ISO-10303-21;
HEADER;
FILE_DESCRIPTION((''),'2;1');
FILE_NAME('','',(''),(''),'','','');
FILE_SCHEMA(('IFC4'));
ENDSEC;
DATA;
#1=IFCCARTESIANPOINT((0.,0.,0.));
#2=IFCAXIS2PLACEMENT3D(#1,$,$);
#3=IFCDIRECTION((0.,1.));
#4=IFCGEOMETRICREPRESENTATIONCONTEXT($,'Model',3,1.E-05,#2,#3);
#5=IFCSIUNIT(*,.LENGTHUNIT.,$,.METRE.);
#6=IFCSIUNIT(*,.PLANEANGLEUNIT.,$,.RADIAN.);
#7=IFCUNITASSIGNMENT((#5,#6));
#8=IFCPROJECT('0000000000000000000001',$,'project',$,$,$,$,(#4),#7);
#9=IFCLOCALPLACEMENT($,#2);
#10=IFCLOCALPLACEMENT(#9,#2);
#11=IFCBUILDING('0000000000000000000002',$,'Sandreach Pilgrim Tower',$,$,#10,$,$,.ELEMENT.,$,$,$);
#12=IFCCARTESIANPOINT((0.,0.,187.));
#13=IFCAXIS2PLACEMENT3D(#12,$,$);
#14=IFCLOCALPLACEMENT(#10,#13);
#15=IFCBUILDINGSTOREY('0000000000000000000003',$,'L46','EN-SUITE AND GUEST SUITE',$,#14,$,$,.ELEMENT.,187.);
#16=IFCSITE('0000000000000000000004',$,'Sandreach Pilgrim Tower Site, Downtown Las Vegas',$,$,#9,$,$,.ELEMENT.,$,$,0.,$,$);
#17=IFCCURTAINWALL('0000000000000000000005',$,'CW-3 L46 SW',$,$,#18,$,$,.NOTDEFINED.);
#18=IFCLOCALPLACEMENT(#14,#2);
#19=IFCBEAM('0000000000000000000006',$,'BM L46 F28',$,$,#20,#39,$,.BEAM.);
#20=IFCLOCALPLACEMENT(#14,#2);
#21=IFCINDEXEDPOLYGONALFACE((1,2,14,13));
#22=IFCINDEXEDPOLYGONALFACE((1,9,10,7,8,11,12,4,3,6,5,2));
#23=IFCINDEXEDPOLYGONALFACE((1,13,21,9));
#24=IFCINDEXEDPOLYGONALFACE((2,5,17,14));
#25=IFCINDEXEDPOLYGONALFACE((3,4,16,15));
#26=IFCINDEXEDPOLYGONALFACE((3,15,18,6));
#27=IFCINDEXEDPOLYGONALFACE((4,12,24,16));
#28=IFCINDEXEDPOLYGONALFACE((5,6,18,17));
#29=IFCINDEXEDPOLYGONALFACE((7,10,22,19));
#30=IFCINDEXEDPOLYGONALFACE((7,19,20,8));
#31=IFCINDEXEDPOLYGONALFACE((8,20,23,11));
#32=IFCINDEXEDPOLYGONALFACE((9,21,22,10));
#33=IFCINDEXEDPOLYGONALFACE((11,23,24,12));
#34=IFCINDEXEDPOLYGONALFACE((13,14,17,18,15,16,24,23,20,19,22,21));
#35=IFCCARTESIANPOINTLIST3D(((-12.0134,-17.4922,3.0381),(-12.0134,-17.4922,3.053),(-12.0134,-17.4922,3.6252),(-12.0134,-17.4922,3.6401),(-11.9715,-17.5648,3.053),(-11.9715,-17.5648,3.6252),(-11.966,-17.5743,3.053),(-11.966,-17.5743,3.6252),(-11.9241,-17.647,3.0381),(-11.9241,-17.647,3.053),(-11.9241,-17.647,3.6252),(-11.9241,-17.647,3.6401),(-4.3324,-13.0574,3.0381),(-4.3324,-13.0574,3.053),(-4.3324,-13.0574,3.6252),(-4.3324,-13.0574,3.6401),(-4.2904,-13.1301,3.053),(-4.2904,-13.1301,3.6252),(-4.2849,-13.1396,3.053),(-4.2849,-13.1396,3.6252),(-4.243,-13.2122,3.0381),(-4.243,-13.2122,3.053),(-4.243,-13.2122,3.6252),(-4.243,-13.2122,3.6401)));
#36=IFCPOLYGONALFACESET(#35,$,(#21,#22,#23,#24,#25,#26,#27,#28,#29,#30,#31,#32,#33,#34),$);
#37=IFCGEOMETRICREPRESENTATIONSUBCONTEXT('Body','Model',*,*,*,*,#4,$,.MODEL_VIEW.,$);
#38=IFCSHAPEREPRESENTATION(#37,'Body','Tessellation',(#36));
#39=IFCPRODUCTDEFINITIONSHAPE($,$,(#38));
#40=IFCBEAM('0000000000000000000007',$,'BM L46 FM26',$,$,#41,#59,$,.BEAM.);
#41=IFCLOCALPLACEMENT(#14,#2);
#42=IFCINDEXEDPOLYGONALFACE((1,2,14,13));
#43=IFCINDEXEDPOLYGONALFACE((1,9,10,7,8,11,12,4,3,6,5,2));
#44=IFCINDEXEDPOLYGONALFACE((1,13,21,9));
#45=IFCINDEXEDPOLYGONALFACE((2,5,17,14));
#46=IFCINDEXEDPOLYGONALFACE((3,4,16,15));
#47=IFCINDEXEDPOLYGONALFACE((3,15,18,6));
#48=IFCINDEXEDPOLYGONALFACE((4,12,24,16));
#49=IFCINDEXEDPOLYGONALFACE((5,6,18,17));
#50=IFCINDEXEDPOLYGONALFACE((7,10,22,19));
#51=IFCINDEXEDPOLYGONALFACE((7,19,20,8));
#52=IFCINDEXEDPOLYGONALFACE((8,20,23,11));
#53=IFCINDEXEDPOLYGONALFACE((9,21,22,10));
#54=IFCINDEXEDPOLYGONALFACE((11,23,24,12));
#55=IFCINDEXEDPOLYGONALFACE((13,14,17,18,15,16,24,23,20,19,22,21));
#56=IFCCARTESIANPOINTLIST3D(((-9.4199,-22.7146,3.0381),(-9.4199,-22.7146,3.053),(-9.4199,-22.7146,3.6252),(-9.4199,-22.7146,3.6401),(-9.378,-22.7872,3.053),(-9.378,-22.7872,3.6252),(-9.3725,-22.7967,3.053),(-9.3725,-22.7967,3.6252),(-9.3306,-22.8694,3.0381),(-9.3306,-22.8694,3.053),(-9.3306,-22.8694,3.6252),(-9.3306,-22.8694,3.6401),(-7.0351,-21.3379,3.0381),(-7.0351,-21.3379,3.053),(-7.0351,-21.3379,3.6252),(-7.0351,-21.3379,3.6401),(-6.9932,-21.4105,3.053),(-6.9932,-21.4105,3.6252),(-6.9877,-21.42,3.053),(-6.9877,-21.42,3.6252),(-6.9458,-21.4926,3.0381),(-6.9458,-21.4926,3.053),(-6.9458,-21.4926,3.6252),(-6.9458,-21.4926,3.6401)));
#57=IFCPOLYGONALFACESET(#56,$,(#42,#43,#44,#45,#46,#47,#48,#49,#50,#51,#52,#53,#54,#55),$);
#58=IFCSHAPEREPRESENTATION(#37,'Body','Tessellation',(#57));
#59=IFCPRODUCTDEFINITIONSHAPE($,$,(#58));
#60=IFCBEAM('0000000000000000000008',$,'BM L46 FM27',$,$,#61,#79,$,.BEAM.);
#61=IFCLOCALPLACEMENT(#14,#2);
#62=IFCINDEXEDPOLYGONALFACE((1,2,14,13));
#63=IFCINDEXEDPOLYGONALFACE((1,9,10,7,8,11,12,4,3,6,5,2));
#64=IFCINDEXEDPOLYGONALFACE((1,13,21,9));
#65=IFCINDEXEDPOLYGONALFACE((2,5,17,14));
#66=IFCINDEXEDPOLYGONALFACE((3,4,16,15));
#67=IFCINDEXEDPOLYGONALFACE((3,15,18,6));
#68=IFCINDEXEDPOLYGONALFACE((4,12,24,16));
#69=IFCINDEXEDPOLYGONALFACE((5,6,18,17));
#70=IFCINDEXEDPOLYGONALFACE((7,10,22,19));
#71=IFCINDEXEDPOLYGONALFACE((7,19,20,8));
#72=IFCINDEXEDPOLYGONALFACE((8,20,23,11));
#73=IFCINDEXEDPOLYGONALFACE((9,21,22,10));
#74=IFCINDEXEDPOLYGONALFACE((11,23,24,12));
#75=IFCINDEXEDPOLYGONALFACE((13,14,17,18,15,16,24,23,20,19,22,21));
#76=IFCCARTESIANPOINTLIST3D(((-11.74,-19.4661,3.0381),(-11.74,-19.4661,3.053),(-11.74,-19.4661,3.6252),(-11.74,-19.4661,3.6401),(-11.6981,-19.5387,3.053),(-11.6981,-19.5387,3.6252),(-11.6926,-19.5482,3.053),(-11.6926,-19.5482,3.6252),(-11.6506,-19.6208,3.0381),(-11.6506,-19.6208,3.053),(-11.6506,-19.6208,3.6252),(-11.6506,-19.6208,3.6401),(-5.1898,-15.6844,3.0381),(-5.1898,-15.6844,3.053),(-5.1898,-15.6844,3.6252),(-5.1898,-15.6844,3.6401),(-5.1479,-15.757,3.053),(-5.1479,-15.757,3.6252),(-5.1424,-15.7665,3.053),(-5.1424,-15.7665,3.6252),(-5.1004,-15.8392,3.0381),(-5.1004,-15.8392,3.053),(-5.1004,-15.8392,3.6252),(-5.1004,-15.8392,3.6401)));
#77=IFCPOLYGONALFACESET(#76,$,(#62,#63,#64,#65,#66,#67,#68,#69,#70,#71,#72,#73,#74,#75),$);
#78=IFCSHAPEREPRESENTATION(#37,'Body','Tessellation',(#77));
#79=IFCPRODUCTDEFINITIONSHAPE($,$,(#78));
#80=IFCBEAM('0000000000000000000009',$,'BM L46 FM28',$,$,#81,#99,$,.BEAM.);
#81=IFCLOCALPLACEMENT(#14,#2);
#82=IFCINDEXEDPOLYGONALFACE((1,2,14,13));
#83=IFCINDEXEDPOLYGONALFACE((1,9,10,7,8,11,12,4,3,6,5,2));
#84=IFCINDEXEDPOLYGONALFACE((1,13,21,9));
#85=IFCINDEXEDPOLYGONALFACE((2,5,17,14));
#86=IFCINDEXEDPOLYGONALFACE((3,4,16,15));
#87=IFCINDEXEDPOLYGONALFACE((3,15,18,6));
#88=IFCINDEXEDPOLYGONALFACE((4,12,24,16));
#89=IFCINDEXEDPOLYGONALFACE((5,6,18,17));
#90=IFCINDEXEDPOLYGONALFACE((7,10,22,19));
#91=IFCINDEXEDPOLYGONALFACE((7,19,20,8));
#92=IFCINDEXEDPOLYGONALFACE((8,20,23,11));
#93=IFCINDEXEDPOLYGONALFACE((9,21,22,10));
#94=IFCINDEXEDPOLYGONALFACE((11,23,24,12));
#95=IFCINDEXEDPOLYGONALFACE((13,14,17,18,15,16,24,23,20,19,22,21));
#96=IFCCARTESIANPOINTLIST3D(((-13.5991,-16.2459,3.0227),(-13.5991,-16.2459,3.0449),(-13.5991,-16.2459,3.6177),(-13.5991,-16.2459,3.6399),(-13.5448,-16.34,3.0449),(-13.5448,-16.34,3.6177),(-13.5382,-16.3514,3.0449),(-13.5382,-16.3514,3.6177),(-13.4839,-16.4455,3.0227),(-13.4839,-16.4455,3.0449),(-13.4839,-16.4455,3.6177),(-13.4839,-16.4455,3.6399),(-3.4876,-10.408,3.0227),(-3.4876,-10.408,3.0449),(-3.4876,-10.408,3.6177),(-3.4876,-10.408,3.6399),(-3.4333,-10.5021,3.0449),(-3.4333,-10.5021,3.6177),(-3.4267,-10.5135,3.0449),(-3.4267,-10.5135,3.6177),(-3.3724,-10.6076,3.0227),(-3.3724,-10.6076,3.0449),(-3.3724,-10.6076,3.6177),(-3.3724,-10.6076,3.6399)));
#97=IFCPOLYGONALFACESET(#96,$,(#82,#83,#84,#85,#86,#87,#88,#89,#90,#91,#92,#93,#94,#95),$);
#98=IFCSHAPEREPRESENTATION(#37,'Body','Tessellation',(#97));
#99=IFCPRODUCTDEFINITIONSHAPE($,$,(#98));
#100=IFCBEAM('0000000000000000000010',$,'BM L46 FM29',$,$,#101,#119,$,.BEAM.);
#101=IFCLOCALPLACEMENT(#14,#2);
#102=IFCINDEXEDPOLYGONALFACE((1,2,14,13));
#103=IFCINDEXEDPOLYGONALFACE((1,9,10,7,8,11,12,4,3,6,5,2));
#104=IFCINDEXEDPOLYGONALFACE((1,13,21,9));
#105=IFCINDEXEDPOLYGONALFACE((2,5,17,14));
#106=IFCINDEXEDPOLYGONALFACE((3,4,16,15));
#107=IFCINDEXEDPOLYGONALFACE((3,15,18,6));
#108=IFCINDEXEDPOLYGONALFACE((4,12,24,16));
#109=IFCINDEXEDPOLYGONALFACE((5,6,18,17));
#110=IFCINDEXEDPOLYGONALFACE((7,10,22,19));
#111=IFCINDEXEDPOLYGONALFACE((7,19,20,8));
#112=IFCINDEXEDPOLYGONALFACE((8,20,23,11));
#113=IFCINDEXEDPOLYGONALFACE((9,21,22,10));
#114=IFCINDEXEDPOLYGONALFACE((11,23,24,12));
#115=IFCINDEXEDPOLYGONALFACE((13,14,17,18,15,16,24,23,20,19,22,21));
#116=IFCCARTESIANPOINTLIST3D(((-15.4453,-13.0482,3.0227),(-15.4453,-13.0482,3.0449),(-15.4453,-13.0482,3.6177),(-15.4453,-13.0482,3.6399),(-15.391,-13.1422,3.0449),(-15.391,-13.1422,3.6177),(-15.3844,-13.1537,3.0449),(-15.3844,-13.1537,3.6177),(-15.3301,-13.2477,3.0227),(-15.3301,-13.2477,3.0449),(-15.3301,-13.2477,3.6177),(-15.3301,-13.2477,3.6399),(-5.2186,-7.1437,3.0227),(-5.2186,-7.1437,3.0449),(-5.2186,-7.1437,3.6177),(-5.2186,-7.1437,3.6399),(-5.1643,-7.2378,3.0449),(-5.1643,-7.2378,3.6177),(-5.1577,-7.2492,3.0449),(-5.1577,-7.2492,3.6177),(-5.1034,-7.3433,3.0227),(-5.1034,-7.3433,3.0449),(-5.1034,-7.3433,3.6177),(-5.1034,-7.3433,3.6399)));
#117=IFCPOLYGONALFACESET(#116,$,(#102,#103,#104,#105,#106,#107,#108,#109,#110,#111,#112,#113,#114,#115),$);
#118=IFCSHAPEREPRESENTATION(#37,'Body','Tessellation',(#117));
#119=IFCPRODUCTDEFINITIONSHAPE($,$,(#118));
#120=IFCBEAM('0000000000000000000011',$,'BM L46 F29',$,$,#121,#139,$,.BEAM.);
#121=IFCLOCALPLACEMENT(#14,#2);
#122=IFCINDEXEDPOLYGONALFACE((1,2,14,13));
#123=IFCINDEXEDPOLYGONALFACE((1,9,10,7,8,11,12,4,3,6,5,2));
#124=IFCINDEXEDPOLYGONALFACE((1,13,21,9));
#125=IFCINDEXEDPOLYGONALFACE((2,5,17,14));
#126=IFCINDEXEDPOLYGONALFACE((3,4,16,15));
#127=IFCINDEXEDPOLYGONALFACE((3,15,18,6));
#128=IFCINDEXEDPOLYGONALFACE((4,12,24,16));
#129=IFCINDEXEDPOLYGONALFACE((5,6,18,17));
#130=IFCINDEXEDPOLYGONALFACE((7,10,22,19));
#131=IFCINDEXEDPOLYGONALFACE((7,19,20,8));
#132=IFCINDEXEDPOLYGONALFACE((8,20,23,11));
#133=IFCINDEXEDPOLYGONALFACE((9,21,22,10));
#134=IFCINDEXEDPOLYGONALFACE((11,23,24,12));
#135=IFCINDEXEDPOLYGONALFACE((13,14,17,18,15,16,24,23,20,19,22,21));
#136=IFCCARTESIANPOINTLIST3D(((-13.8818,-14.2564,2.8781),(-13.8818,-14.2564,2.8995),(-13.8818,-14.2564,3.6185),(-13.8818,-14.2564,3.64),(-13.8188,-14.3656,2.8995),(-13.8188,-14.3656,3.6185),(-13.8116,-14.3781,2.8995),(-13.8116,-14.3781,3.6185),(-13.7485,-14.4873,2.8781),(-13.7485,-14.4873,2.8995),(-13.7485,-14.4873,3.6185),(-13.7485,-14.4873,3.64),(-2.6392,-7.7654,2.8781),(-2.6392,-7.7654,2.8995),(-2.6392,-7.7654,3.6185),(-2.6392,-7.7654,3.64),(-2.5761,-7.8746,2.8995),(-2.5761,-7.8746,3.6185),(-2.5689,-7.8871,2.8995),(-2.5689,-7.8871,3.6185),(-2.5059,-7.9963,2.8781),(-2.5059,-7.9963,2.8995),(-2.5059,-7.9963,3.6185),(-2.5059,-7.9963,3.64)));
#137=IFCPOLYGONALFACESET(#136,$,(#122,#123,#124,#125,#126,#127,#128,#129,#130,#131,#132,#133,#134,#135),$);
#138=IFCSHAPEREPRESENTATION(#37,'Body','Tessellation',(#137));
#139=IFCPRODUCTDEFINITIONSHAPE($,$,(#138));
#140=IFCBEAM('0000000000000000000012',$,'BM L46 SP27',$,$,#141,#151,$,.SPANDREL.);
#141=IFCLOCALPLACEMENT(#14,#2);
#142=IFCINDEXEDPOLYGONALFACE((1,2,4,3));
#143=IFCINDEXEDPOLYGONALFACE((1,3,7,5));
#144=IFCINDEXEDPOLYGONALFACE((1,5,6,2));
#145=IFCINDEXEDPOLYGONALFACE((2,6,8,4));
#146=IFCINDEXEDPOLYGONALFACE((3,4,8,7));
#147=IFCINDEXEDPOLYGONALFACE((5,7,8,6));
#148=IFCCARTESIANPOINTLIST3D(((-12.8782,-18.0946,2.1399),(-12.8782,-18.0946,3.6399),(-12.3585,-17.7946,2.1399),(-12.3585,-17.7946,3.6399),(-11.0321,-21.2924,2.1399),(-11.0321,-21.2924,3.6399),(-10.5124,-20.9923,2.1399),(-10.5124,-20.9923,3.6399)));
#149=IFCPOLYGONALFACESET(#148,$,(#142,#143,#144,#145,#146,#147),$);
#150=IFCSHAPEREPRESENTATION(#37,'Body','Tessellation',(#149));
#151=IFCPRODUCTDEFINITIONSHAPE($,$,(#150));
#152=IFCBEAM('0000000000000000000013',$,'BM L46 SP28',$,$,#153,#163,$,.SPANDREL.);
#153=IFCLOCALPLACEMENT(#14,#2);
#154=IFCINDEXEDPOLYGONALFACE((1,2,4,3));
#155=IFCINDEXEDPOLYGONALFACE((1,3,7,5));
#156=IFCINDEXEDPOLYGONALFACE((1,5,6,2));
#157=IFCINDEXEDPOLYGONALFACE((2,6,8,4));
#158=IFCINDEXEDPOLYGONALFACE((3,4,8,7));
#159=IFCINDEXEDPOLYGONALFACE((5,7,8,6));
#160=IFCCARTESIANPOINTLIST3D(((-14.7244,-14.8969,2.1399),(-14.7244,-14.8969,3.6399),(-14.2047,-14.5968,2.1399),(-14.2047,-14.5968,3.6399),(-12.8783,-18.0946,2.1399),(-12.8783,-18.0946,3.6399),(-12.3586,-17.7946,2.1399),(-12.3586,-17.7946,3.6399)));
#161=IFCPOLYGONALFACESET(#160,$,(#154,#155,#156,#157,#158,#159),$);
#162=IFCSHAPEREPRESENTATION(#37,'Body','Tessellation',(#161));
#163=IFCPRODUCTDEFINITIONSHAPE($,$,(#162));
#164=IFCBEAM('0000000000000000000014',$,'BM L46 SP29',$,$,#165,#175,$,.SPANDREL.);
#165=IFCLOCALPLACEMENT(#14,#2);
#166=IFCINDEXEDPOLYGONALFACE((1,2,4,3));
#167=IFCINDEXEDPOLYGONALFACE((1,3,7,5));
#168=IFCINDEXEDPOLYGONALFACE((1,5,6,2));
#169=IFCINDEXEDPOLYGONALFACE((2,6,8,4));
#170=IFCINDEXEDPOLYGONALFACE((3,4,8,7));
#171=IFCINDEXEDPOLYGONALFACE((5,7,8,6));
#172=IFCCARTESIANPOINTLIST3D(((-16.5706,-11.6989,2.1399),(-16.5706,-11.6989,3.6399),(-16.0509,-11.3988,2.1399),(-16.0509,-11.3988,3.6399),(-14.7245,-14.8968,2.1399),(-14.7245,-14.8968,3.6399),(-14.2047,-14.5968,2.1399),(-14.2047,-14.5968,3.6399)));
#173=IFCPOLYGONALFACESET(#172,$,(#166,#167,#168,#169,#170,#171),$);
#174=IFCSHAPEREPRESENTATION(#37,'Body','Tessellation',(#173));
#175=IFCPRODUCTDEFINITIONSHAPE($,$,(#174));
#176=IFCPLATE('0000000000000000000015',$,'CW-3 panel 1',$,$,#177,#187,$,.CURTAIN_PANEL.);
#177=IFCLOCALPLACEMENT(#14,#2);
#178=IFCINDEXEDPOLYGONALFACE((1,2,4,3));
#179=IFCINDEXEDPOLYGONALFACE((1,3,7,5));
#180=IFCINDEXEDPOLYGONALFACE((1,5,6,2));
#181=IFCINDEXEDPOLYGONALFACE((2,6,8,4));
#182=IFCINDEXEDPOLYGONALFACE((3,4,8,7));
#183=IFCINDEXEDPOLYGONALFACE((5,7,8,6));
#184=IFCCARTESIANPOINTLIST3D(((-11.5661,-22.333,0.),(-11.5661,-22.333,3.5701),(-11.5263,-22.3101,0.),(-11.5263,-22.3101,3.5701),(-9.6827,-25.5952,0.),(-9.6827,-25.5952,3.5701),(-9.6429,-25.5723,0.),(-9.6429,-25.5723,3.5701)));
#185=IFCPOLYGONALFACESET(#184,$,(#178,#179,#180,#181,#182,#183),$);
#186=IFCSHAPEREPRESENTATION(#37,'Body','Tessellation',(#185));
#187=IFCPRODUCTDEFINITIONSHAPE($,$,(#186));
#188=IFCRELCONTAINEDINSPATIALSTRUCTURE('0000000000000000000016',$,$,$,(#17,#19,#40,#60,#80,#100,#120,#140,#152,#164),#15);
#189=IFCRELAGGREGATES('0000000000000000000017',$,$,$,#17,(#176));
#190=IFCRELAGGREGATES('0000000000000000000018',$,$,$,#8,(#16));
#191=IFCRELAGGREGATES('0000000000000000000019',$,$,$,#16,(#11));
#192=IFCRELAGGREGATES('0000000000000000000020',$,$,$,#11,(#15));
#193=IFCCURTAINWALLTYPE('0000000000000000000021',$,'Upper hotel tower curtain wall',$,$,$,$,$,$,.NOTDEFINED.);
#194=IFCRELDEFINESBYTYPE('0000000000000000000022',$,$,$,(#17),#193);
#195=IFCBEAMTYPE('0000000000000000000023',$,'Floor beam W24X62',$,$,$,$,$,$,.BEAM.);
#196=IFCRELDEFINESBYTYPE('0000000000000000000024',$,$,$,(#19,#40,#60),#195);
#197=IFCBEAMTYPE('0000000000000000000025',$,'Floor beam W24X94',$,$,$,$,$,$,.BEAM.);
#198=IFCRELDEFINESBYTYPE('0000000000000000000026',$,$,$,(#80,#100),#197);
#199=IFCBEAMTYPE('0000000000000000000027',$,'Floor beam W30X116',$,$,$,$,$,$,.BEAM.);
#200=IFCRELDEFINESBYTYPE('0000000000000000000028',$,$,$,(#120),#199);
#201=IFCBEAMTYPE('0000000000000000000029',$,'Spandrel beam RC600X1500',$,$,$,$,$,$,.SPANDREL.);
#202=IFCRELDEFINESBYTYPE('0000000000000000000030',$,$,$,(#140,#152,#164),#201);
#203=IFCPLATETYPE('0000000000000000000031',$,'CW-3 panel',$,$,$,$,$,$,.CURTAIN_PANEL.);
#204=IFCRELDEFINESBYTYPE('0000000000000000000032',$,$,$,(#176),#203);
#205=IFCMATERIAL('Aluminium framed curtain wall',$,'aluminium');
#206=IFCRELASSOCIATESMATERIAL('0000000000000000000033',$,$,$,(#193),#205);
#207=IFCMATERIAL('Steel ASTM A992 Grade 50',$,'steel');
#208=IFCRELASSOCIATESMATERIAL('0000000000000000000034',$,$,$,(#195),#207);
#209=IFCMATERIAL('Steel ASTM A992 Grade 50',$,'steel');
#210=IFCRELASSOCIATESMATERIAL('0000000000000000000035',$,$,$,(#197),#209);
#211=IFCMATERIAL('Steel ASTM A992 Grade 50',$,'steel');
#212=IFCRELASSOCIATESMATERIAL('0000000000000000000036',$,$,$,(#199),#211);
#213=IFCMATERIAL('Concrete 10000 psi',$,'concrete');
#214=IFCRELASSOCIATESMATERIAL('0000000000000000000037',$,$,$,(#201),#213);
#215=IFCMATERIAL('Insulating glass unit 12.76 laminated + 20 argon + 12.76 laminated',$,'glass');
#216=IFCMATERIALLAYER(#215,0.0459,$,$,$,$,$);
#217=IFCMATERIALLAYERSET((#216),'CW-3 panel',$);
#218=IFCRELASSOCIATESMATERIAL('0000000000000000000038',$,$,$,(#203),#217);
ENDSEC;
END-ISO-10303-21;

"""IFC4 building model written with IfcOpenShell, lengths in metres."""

from ifc_helpers import new_model, si_unit, direction, frame, origin, origin_2d, place, context, subcontext, project, spatial, rectangle, i_section, extrude, material, layer, layer_set, material_profile, profile_set, type_object, element, aggregate, save


model = new_model("IFC4")

# Units and contexts
model_context = context("Model", 3, precision=1e-05, world=origin(), true_north=direction((0.0, 1.0)))
body_context = subcontext(model_context, "Body", "Model", "MODEL_VIEW")
ifc_project = project(units=[si_unit("LENGTHUNIT", "METRE"), si_unit("PLANEANGLEUNIT", "RADIAN")], contexts=[model_context])

# Site, building, storey
site_placement = place(None, origin())
site = spatial("IfcSite", under=ifc_project, at=site_placement, Name="Sandreach Pilgrim Tower Site, Downtown Las Vegas", CompositionType="ELEMENT", RefElevation=0.0)
building_placement = place(site_placement, origin())
building = spatial("IfcBuilding", under=site, at=building_placement, Name="Sandreach Pilgrim Tower", CompositionType="ELEMENT")
storey_placement = place(building_placement, frame((0.0, 0.0, 187.0)))
storey = spatial("IfcBuildingStorey", under=building, at=storey_placement, Name="L46", Description="EN-SUITE AND GUEST SUITE", CompositionType="ELEMENT", Elevation=187.0)

# Curtain wall
ifc_material_1 = material(Name="Aluminium framed curtain wall", Category="aluminium")
curtain_wall_type = type_object("IfcCurtainWallType", Name="Upper hotel tower curtain wall", PredefinedType="NOTDEFINED", material=ifc_material_1)
curtain_wall_placement = place(storey_placement, origin())
curtain_wall = element("IfcCurtainWall", 1, at=curtain_wall_placement, inside=storey, type_object=curtain_wall_type, Name="CW-3 L46 SW", PredefinedType="NOTDEFINED")

# Beams
ifc_material_2 = material(Name="Steel ASTM A992 Grade 50", Category="steel")
ifc_material_profile_1 = material_profile(ifc_material_2, i_section(OverallWidth=0.1787, OverallDepth=0.6021, WebThickness=0.011, FlangeThickness=0.0149, at=origin_2d()), Name="W24X62")
ifc_profile_set_1 = profile_set([ifc_material_profile_1], Name="Steel ASTM A992 Grade 50")
beam_type_1 = type_object("IfcBeamType", Name="Floor beam W24X62", PredefinedType="BEAM", material=ifc_profile_set_1)
beam_1_placement = place(storey_placement, frame((-11.9688, -17.5696, 3.3391), z_axis=(0.866021, 0.500008, 0.0), x_axis=(-0.500008, 0.866021, 0.0)))
element("IfcBeam", 2, at=beam_1_placement, inside=storey, type_object=beam_type_1, Name="BM L46 F28", PredefinedType="BEAM", context=body_context, shape_type="SweptSolid", body=[
    extrude(i_section(OverallWidth=0.1787, OverallDepth=0.6021, WebThickness=0.011, FlangeThickness=0.0149, at=origin_2d()), origin(), (0.0, 0.0, 1.0), 8.8694),
])
beam_2_placement = place(storey_placement, frame((-9.3752, -22.792, 3.3391), z_axis=(0.866047, 0.499963, 0.0), x_axis=(-0.499963, 0.866047, 0.0)))
element("IfcBeam", 3, at=beam_2_placement, inside=storey, type_object=beam_type_1, Name="BM L46 FM26", PredefinedType="BEAM", context=body_context, shape_type="SweptSolid", body=[
    extrude(i_section(OverallWidth=0.1787, OverallDepth=0.6021, WebThickness=0.011, FlangeThickness=0.0149, at=origin_2d()), origin(), (0.0, 0.0, 1.0), 2.7537),
])
beam_3_placement = place(storey_placement, frame((-11.6953, -19.5435, 3.3391), z_axis=(0.86603, 0.499993, 0.0), x_axis=(-0.499993, 0.86603, 0.0)))
element("IfcBeam", 4, at=beam_3_placement, inside=storey, type_object=beam_type_1, Name="BM L46 FM27", PredefinedType="BEAM", context=body_context, shape_type="SweptSolid", body=[
    extrude(i_section(OverallWidth=0.1787, OverallDepth=0.6021, WebThickness=0.011, FlangeThickness=0.0149, at=origin_2d()), origin(), (0.0, 0.0, 1.0), 7.5635),
])
ifc_material_3 = material(Name="Steel ASTM A992 Grade 50", Category="steel")
ifc_material_profile_2 = material_profile(ifc_material_3, i_section(OverallWidth=0.2305, OverallDepth=0.6172, WebThickness=0.0132, FlangeThickness=0.0222, at=origin_2d()), Name="W24X94")
ifc_profile_set_2 = profile_set([ifc_material_profile_2], Name="Steel ASTM A992 Grade 50")
beam_type_2 = type_object("IfcBeamType", Name="Floor beam W24X94", PredefinedType="BEAM", material=ifc_profile_set_2)
beam_4_placement = place(storey_placement, frame((-13.5415, -16.3457, 3.3313), z_axis=(0.866026, 0.499998, 0.0), x_axis=(-0.499998, 0.866026, 0.0)))
element("IfcBeam", 5, at=beam_4_placement, inside=storey, type_object=beam_type_2, Name="BM L46 FM28", PredefinedType="BEAM", context=body_context, shape_type="SweptSolid", body=[
    extrude(i_section(OverallWidth=0.2305, OverallDepth=0.6172, WebThickness=0.0132, FlangeThickness=0.0222, at=origin_2d()), origin(), (0.0, 0.0, 1.0), 11.6758),
])
beam_5_placement = place(storey_placement, frame((-15.3877, -13.1479, 3.3313), z_axis=(0.866022, 0.500006, 0.0), x_axis=(-0.500006, 0.866022, 0.0)))
element("IfcBeam", 6, at=beam_5_placement, inside=storey, type_object=beam_type_2, Name="BM L46 FM29", PredefinedType="BEAM", context=body_context, shape_type="SweptSolid", body=[
    extrude(i_section(OverallWidth=0.2305, OverallDepth=0.6172, WebThickness=0.0132, FlangeThickness=0.0222, at=origin_2d()), origin(), (0.0, 0.0, 1.0), 11.8088),
])
ifc_material_4 = material(Name="Steel ASTM A992 Grade 50", Category="steel")
ifc_material_profile_3 = material_profile(ifc_material_4, i_section(OverallWidth=0.2666, OverallDepth=0.762, WebThickness=0.0144, FlangeThickness=0.0215, at=origin_2d()), Name="W30X116")
ifc_profile_set_3 = profile_set([ifc_material_profile_3], Name="Steel ASTM A992 Grade 50")
beam_type_3 = type_object("IfcBeamType", Name="Floor beam W30X116", PredefinedType="BEAM", material=ifc_profile_set_3)
beam_6_placement = place(storey_placement, frame((-13.8152, -14.3718, 3.259), z_axis=(0.866025, 0.5, 0.0), x_axis=(-0.5, 0.866025, 0.0)))
element("IfcBeam", 7, at=beam_6_placement, inside=storey, type_object=beam_type_3, Name="BM L46 F29", PredefinedType="BEAM", context=body_context, shape_type="SweptSolid", body=[
    extrude(i_section(OverallWidth=0.2666, OverallDepth=0.762, WebThickness=0.0144, FlangeThickness=0.0215, at=origin_2d()), origin(), (0.0, 0.0, 1.0), 12.9819),
])
ifc_material_5 = material(Name="Concrete 10000 psi", Category="concrete")
ifc_material_profile_4 = material_profile(ifc_material_5, rectangle(XDim=0.6001, YDim=1.5, at=origin_2d()), Name="RC600X1500")
ifc_profile_set_4 = profile_set([ifc_material_profile_4], Name="Concrete 10000 psi")
beam_type_4 = type_object("IfcBeamType", Name="Spandrel beam RC600X1500", PredefinedType="SPANDREL", material=ifc_profile_set_4)
for number, where, z_axis, x_axis, name in (
    (8, (-10.7722, -21.1423, 2.8899), (-0.499993, 0.866029, 0.0), (-0.866029, -0.499993, 0.0), "BM L46 SP27"),
    (9, (-12.6184, -17.9446, 2.8899), (-0.499993, 0.866029, 0.0), (-0.866029, -0.499993, 0.0), "BM L46 SP28"),
):
    element("IfcBeam", number, at=place(storey_placement, frame(where, z_axis=z_axis, x_axis=x_axis)), inside=storey, type_object=beam_type_4, Name=name, PredefinedType="SPANDREL", context=body_context, shape_type="SweptSolid", body=[
        extrude(rectangle(XDim=0.6001, YDim=1.5, at=origin_2d()), origin(), (0.0, 0.0, 1.0), 3.6924),
    ])
beam_7_placement = place(storey_placement, frame((-14.4646, -14.7468, 2.8899), z_axis=(-0.499965, 0.866046, 0.0), x_axis=(-0.866046, -0.499965, 0.0)))
element("IfcBeam", 10, at=beam_7_placement, inside=storey, type_object=beam_type_4, Name="BM L46 SP29", PredefinedType="SPANDREL", context=body_context, shape_type="SweptSolid", body=[
    extrude(rectangle(XDim=0.6001, YDim=1.5, at=origin_2d()), origin(), (0.0, 0.0, 1.0), 3.6926),
])

# Plate
ifc_material_6 = material(Name="Insulating glass unit 12.76 laminated + 20 argon + 12.76 laminated", Category="glass")
ifc_layer_1 = layer(ifc_material_6, 0.0459)
ifc_layer_set_1 = layer_set([ifc_layer_1], Name="CW-3 panel")
plate_type = type_object("IfcPlateType", Name="CW-3 panel", PredefinedType="CURTAIN_PANEL", material=ifc_layer_set_1)
plate_1_placement = place(storey_placement, frame((-10.6045, -23.9526, 0.0), z_axis=(0.0, 0.0, 1.0), x_axis=(-0.5, 0.866025, 0.0)))
plate_1 = element("IfcPlate", 11, at=plate_1_placement, type_object=plate_type, Name="CW-3 panel 1", PredefinedType="CURTAIN_PANEL", context=body_context, shape_type="SweptSolid", body=[
    extrude(rectangle(XDim=3.7668, YDim=0.0459, at=origin_2d()), origin(), (0.0, 0.0, 1.0), 3.5701),
])
aggregate(curtain_wall, [plate_1])

save(model, "model.ifc")
